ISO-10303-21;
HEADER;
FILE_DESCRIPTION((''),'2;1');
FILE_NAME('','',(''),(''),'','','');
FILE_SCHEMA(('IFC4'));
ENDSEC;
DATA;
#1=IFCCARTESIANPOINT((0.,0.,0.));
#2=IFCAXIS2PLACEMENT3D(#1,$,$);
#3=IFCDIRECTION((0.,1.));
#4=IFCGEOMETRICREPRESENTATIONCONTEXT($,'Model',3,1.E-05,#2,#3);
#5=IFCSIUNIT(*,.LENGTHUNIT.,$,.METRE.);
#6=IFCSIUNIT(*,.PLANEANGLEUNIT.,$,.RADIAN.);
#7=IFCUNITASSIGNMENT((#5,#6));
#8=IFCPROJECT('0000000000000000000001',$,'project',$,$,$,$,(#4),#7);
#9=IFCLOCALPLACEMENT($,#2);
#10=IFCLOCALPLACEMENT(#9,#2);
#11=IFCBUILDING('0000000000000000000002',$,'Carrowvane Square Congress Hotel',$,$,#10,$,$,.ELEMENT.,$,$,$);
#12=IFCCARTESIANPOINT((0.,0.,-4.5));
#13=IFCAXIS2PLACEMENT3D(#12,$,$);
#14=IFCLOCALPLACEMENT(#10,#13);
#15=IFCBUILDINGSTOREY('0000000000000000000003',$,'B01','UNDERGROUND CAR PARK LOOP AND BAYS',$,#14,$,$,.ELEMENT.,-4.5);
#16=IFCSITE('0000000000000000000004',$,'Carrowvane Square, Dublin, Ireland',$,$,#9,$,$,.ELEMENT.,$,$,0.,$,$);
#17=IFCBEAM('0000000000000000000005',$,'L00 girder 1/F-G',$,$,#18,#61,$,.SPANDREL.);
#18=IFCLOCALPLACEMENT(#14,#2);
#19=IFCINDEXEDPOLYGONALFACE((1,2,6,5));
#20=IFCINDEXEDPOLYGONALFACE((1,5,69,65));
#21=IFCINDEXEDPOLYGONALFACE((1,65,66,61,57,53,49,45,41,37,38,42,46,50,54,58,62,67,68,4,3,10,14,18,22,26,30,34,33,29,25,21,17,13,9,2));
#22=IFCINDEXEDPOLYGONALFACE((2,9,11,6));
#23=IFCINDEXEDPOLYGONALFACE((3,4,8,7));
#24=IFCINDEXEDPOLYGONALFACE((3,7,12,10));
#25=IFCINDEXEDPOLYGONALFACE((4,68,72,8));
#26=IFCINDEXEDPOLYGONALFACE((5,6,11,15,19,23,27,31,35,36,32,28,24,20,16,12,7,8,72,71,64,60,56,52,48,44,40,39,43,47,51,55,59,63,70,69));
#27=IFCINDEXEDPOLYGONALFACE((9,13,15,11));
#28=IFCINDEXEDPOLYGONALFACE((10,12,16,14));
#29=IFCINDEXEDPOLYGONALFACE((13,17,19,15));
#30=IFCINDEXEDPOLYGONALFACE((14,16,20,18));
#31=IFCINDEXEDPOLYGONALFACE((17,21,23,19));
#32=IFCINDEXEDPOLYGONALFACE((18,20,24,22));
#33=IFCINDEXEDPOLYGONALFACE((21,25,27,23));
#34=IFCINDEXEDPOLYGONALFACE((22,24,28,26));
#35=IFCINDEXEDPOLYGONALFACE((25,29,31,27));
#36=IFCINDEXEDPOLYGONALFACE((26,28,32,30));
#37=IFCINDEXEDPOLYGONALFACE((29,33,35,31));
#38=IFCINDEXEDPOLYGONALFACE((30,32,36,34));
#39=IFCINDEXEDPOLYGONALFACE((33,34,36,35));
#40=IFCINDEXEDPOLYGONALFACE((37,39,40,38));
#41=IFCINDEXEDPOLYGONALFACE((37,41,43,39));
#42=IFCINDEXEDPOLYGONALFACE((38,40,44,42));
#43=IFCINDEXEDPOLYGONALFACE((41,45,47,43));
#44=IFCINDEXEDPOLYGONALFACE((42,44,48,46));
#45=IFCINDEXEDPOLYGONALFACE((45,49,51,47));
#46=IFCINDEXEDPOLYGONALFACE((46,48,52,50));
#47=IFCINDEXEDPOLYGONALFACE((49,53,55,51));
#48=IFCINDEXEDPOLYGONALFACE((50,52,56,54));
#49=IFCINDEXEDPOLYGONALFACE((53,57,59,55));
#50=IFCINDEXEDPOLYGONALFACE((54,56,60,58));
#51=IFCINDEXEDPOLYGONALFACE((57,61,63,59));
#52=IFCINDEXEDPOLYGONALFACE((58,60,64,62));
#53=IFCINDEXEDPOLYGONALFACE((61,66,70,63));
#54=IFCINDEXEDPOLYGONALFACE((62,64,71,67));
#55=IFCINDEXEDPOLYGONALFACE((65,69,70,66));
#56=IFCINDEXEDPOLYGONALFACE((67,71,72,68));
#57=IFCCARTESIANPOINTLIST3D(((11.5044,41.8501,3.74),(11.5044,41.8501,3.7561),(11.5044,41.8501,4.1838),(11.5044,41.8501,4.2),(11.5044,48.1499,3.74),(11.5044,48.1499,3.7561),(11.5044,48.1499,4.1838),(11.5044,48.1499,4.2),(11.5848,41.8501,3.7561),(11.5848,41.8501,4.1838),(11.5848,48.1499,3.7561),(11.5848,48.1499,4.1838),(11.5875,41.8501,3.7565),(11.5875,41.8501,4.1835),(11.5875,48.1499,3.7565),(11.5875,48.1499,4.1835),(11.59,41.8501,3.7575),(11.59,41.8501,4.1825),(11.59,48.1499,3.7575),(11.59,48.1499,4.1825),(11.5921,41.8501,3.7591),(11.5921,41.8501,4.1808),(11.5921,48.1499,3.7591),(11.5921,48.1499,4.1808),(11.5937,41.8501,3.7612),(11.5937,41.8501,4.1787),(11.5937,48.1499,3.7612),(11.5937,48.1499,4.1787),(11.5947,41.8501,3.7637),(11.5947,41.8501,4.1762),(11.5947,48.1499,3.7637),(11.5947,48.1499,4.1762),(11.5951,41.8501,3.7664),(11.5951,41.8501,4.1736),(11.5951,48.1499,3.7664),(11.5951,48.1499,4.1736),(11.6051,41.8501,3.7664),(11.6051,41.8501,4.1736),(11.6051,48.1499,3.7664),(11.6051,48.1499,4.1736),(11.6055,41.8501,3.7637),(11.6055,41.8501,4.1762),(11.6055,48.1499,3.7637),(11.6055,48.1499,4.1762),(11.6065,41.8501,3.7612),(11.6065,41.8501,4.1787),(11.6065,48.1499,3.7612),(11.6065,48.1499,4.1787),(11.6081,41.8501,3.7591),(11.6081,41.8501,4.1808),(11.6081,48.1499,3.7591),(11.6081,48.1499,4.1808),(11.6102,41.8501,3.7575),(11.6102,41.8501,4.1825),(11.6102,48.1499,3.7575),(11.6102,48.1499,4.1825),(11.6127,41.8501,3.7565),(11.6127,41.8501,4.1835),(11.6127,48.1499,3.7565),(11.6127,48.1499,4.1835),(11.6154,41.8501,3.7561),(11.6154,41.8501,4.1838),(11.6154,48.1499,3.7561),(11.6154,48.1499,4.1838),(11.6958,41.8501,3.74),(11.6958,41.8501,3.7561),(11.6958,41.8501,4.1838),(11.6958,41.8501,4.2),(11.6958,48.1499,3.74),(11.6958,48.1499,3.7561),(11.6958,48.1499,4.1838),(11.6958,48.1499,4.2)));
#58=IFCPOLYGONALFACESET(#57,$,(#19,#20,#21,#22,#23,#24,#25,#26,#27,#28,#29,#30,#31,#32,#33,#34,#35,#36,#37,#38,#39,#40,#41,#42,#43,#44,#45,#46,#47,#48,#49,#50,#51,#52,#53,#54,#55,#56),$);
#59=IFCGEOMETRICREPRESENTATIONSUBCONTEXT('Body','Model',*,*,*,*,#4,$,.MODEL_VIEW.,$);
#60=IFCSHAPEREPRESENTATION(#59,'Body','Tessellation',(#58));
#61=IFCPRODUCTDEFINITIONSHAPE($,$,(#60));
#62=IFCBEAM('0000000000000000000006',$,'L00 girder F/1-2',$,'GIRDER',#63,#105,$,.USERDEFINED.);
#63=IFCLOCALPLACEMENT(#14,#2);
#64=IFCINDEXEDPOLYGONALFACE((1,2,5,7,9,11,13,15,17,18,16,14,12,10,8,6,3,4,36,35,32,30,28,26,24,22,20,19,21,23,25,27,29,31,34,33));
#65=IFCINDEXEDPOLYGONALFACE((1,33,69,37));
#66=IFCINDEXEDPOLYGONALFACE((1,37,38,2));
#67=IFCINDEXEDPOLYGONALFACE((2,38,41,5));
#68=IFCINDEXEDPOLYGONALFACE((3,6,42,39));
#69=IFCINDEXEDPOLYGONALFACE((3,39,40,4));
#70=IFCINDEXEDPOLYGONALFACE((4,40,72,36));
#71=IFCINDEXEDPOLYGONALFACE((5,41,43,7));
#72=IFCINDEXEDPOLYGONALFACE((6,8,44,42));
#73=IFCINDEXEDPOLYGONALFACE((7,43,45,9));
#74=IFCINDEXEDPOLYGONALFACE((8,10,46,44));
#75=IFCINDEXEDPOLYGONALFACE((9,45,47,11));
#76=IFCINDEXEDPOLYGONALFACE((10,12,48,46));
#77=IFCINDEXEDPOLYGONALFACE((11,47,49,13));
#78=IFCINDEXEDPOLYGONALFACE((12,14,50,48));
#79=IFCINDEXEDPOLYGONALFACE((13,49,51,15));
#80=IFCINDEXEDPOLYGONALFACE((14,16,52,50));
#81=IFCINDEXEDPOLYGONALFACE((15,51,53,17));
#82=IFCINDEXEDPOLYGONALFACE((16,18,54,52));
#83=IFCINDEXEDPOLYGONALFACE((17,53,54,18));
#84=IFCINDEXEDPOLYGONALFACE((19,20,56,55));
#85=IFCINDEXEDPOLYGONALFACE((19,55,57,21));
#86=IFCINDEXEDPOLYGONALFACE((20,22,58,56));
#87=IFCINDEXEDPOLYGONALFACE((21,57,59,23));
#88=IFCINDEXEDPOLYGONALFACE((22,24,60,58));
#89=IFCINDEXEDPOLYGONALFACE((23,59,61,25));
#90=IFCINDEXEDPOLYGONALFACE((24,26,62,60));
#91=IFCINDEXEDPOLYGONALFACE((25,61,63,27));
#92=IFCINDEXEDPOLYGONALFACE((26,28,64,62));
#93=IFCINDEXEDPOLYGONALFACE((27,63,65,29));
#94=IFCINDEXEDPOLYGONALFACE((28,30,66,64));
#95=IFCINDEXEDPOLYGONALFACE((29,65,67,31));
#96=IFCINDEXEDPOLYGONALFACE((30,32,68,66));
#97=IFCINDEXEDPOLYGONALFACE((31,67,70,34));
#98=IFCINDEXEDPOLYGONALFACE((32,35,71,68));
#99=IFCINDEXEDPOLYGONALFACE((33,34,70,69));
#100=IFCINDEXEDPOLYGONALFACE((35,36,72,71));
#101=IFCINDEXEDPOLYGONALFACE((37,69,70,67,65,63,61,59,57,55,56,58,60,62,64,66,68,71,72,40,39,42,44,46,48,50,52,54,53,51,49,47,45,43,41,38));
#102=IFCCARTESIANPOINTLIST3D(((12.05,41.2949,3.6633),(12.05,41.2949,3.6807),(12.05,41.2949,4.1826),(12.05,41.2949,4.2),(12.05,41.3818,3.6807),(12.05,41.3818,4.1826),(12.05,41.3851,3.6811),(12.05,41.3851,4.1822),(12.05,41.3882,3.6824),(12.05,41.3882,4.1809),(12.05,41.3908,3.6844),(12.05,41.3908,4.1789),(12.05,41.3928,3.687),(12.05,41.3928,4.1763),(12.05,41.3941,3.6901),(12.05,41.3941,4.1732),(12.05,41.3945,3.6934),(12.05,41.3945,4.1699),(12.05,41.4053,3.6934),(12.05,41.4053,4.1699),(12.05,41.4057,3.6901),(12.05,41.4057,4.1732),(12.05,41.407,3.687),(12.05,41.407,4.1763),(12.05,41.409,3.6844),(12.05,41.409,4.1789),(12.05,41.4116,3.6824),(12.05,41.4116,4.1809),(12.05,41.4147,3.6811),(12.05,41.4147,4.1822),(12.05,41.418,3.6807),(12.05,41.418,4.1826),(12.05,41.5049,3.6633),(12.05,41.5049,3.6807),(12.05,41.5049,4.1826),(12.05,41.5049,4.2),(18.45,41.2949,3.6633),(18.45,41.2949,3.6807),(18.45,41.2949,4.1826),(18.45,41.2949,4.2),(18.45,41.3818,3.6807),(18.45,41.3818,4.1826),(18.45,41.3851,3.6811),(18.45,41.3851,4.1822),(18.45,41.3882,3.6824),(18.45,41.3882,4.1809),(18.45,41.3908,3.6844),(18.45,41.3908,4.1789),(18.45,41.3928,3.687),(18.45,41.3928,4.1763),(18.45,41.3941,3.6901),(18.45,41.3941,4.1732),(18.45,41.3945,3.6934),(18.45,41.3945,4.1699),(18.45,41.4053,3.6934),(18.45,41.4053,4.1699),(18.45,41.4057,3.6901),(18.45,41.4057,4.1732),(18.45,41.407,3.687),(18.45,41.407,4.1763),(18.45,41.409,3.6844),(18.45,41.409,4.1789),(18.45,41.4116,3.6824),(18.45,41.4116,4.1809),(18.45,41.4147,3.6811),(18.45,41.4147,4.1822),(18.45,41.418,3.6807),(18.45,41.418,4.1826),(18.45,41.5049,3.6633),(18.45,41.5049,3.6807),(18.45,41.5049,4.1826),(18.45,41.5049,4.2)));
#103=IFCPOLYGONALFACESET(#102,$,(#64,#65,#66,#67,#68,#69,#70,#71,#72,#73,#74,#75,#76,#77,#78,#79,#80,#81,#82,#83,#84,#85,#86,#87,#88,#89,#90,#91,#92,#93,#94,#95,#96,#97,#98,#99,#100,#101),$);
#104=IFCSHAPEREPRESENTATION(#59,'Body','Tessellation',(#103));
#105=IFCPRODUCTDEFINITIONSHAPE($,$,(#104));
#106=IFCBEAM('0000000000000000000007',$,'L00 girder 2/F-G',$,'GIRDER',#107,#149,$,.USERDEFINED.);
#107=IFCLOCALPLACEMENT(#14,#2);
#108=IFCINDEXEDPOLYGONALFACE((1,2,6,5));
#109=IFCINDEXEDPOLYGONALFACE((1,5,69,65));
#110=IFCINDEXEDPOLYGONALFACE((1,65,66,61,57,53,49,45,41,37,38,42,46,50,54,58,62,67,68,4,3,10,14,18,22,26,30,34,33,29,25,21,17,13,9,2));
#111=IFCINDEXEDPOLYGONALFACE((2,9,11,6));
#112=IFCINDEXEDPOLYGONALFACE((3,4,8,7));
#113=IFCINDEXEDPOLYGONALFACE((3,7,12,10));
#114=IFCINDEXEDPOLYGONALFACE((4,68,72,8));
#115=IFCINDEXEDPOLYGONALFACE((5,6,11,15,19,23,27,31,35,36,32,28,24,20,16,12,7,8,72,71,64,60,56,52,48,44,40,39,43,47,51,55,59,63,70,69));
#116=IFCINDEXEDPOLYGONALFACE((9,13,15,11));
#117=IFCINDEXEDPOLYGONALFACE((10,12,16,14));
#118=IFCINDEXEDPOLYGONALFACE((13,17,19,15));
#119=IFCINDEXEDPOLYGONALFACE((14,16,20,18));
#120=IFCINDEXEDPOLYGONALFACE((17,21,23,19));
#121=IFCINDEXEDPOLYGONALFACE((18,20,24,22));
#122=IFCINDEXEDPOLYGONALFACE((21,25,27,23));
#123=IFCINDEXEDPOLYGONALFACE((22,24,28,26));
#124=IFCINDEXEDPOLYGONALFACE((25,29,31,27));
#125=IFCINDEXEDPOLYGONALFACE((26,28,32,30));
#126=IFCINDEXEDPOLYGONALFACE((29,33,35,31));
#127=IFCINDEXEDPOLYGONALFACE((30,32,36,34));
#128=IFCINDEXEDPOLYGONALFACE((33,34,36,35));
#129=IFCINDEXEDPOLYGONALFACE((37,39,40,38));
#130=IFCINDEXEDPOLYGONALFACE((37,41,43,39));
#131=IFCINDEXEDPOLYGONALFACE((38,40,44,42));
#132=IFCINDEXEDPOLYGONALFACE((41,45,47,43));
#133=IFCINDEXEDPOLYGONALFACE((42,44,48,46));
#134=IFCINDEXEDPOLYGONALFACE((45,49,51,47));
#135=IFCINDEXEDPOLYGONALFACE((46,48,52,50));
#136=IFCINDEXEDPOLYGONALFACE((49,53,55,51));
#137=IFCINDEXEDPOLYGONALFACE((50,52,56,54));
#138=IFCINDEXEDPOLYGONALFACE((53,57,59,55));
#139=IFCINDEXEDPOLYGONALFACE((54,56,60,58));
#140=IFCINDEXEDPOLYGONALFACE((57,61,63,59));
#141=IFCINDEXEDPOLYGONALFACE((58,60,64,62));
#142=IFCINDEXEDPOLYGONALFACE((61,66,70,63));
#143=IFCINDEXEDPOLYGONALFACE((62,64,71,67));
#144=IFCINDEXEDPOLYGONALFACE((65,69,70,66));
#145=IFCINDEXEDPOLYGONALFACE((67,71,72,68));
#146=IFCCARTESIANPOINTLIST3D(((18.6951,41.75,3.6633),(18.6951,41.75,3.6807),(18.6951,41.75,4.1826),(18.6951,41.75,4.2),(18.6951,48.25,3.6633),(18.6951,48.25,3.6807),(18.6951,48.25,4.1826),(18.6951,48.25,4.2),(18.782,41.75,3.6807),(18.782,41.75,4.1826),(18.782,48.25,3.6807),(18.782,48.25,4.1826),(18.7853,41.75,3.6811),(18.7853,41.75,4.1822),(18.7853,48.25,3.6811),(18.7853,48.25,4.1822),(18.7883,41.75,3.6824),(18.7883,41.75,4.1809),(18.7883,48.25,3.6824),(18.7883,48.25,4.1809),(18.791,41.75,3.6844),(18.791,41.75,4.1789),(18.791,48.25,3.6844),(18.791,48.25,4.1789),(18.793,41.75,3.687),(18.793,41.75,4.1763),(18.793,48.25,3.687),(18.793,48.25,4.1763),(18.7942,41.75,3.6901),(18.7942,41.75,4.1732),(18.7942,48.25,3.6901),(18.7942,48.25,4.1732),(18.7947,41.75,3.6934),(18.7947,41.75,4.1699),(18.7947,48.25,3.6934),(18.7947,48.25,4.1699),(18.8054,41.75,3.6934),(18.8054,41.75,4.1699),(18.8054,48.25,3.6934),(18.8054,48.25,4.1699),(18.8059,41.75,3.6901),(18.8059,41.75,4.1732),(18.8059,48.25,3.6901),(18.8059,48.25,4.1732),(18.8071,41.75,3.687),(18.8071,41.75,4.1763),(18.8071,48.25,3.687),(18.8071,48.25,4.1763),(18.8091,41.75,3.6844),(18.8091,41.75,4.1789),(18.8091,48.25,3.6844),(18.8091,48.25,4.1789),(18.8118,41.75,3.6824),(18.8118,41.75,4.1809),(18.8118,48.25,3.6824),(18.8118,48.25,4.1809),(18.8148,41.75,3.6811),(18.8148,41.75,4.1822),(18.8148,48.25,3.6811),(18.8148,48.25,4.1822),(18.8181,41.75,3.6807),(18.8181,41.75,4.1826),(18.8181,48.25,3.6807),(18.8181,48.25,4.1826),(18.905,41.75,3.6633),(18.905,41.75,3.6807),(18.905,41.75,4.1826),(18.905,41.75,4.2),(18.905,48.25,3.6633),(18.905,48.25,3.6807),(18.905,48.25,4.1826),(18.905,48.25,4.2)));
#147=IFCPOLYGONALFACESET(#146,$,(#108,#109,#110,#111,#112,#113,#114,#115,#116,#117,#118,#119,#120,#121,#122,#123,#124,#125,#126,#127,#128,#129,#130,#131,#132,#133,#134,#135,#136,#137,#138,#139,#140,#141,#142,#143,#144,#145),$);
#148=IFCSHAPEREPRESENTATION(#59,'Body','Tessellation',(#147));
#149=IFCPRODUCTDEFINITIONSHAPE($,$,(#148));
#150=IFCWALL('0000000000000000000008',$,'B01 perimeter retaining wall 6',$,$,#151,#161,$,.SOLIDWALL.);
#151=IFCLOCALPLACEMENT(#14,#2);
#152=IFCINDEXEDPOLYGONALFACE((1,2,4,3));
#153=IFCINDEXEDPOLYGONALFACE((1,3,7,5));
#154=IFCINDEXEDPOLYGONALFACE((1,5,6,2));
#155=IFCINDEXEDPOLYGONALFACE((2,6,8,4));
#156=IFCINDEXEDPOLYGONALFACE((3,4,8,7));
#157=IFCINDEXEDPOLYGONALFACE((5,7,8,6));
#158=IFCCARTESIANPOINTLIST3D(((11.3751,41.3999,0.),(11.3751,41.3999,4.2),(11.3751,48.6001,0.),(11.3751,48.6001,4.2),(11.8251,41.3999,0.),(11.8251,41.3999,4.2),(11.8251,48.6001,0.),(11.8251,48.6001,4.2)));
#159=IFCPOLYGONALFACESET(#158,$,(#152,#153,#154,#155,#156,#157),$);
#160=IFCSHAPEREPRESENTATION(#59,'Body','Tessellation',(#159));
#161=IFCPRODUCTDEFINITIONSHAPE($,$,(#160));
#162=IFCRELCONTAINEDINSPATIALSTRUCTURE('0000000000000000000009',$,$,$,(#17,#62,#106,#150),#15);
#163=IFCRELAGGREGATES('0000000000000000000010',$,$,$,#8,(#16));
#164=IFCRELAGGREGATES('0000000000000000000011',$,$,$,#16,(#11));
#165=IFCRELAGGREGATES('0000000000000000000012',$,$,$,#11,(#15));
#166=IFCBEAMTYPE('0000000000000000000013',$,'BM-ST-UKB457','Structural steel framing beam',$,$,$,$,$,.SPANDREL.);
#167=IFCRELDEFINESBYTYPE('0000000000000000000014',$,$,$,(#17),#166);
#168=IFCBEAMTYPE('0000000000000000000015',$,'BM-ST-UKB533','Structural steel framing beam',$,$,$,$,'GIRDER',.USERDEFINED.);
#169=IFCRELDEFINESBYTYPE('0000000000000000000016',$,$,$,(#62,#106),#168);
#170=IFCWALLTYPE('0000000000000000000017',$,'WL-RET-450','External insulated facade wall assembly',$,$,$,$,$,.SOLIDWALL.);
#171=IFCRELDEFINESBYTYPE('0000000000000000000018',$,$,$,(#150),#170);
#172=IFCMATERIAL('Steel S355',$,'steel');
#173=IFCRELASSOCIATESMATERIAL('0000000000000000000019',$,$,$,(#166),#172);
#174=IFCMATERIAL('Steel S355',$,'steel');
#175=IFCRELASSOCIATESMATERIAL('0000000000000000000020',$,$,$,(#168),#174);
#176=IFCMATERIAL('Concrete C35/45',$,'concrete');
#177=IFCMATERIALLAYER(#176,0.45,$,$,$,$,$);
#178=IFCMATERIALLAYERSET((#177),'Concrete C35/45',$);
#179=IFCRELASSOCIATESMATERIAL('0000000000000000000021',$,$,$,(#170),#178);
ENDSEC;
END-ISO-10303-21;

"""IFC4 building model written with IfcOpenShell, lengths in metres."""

from ifc_helpers import new_model, si_unit, direction, frame, frame_2d, origin, origin_2d, place, context, subcontext, project, spatial, rectangle, i_section, extrude, material, layer, layer_set, material_profile, profile_set, type_object, element, save


model = new_model("IFC4")

# Units and contexts
model_context = context("Model", 3, precision=1e-05, world=origin(), true_north=direction((0.0, 1.0)))
body_context = subcontext(model_context, "Body", "Model", "MODEL_VIEW")
ifc_project = project(units=[si_unit("LENGTHUNIT", "METRE"), si_unit("PLANEANGLEUNIT", "RADIAN")], contexts=[model_context])

# Site, building, storey
site_placement = place(None, origin())
site = spatial("IfcSite", under=ifc_project, at=site_placement, Name="Carrowvane Square, Dublin, Ireland", CompositionType="ELEMENT", RefElevation=0.0)
building_placement = place(site_placement, origin())
building = spatial("IfcBuilding", under=site, at=building_placement, Name="Carrowvane Square Congress Hotel", CompositionType="ELEMENT")
storey_placement = place(building_placement, frame((0.0, 0.0, -4.5)))
storey = spatial("IfcBuildingStorey", under=building, at=storey_placement, Name="B01", Description="UNDERGROUND CAR PARK LOOP AND BAYS", CompositionType="ELEMENT", Elevation=-4.5)

# Beams
ifc_material_1 = material(Name="Steel S355", Category="steel")
ifc_material_profile_1 = material_profile(ifc_material_1, i_section(OverallWidth=0.1914, OverallDepth=0.46, WebThickness=0.01, FlangeThickness=0.0161, FilletRadius=0.0103, at=origin_2d()), Name="UKB 457x191x82")
ifc_profile_set_1 = profile_set([ifc_material_profile_1], Name="Steel S355")
beam_type_1 = type_object("IfcBeamType", Name="BM-ST-UKB457", Description="Structural steel framing beam", PredefinedType="SPANDREL", material=ifc_profile_set_1)
beam_1_placement = place(storey_placement, frame((11.6001, 41.8501, 3.97), z_axis=(0.0, 1.0, 0.0), x_axis=(-1.0, 0.0, 0.0)))
element("IfcBeam", 1, at=beam_1_placement, inside=storey, type_object=beam_type_1, Name="L00 girder 1/F-G", PredefinedType="SPANDREL", context=body_context, shape_type="SweptSolid", body=[
    extrude(i_section(OverallWidth=0.1914, OverallDepth=0.46, WebThickness=0.01, FlangeThickness=0.0161, FilletRadius=0.0103, at=origin_2d()), origin(), (0.0, 0.0, 1.0), 6.2998),
])
ifc_material_2 = material(Name="Steel S355", Category="steel")
ifc_material_profile_2 = material_profile(ifc_material_2, i_section(OverallWidth=0.21, OverallDepth=0.5366, WebThickness=0.0107, FlangeThickness=0.0173, FilletRadius=0.0127, at=origin_2d()), Name="UKB 533x210x101")
ifc_profile_set_2 = profile_set([ifc_material_profile_2], Name="Steel S355")
beam_type_2 = type_object("IfcBeamType", Name="BM-ST-UKB533", Description="Structural steel framing beam", ElementType="GIRDER", PredefinedType="USERDEFINED", material=ifc_profile_set_2)
beam_2_placement = place(storey_placement, frame((12.05, 41.3999, 3.9316), z_axis=(1.0, 0.0, 0.0), x_axis=(0.0, 1.0, 0.0)))
element("IfcBeam", 2, at=beam_2_placement, inside=storey, type_object=beam_type_2, Name="L00 girder F/1-2", ObjectType="GIRDER", PredefinedType="USERDEFINED", context=body_context, shape_type="SweptSolid", body=[
    extrude(i_section(OverallWidth=0.21, OverallDepth=0.5366, WebThickness=0.0107, FlangeThickness=0.0173, FilletRadius=0.0127, at=origin_2d()), origin(), (0.0, 0.0, 1.0), 6.3999),
])
beam_3_placement = place(storey_placement, frame((18.8, 41.75, 3.9316), z_axis=(0.0, 1.0, 0.0), x_axis=(-1.0, 0.0, 0.0)))
element("IfcBeam", 3, at=beam_3_placement, inside=storey, type_object=beam_type_2, Name="L00 girder 2/F-G", ObjectType="GIRDER", PredefinedType="USERDEFINED", context=body_context, shape_type="SweptSolid", body=[
    extrude(i_section(OverallWidth=0.21, OverallDepth=0.5366, WebThickness=0.0107, FlangeThickness=0.0173, FilletRadius=0.0127, at=origin_2d()), origin(), (0.0, 0.0, 1.0), 6.5),
])

# Wall
ifc_material_3 = material(Name="Concrete C35/45", Category="concrete")
ifc_layer = layer(ifc_material_3, 0.45)
ifc_layer_set = layer_set([ifc_layer], Name="Concrete C35/45")
wall_type = type_object("IfcWallType", Name="WL-RET-450", Description="External insulated facade wall assembly", PredefinedType="SOLIDWALL", material=ifc_layer_set)
wall_placement = place(storey_placement, frame((11.6001, 41.3999, 0.0), z_axis=(0.0, 0.0, 1.0), x_axis=(0.0, 1.0, 0.0)))
element("IfcWall", 4, at=wall_placement, inside=storey, type_object=wall_type, Name="B01 perimeter retaining wall 6", PredefinedType="SOLIDWALL", context=body_context, shape_type="SweptSolid", body=[
    extrude(rectangle(XDim=7.2002, YDim=0.45, at=frame_2d((3.6001, 0.0))), origin(), (0.0, 0.0, 1.0), 4.2),
])

save(model, "model.ifc")
